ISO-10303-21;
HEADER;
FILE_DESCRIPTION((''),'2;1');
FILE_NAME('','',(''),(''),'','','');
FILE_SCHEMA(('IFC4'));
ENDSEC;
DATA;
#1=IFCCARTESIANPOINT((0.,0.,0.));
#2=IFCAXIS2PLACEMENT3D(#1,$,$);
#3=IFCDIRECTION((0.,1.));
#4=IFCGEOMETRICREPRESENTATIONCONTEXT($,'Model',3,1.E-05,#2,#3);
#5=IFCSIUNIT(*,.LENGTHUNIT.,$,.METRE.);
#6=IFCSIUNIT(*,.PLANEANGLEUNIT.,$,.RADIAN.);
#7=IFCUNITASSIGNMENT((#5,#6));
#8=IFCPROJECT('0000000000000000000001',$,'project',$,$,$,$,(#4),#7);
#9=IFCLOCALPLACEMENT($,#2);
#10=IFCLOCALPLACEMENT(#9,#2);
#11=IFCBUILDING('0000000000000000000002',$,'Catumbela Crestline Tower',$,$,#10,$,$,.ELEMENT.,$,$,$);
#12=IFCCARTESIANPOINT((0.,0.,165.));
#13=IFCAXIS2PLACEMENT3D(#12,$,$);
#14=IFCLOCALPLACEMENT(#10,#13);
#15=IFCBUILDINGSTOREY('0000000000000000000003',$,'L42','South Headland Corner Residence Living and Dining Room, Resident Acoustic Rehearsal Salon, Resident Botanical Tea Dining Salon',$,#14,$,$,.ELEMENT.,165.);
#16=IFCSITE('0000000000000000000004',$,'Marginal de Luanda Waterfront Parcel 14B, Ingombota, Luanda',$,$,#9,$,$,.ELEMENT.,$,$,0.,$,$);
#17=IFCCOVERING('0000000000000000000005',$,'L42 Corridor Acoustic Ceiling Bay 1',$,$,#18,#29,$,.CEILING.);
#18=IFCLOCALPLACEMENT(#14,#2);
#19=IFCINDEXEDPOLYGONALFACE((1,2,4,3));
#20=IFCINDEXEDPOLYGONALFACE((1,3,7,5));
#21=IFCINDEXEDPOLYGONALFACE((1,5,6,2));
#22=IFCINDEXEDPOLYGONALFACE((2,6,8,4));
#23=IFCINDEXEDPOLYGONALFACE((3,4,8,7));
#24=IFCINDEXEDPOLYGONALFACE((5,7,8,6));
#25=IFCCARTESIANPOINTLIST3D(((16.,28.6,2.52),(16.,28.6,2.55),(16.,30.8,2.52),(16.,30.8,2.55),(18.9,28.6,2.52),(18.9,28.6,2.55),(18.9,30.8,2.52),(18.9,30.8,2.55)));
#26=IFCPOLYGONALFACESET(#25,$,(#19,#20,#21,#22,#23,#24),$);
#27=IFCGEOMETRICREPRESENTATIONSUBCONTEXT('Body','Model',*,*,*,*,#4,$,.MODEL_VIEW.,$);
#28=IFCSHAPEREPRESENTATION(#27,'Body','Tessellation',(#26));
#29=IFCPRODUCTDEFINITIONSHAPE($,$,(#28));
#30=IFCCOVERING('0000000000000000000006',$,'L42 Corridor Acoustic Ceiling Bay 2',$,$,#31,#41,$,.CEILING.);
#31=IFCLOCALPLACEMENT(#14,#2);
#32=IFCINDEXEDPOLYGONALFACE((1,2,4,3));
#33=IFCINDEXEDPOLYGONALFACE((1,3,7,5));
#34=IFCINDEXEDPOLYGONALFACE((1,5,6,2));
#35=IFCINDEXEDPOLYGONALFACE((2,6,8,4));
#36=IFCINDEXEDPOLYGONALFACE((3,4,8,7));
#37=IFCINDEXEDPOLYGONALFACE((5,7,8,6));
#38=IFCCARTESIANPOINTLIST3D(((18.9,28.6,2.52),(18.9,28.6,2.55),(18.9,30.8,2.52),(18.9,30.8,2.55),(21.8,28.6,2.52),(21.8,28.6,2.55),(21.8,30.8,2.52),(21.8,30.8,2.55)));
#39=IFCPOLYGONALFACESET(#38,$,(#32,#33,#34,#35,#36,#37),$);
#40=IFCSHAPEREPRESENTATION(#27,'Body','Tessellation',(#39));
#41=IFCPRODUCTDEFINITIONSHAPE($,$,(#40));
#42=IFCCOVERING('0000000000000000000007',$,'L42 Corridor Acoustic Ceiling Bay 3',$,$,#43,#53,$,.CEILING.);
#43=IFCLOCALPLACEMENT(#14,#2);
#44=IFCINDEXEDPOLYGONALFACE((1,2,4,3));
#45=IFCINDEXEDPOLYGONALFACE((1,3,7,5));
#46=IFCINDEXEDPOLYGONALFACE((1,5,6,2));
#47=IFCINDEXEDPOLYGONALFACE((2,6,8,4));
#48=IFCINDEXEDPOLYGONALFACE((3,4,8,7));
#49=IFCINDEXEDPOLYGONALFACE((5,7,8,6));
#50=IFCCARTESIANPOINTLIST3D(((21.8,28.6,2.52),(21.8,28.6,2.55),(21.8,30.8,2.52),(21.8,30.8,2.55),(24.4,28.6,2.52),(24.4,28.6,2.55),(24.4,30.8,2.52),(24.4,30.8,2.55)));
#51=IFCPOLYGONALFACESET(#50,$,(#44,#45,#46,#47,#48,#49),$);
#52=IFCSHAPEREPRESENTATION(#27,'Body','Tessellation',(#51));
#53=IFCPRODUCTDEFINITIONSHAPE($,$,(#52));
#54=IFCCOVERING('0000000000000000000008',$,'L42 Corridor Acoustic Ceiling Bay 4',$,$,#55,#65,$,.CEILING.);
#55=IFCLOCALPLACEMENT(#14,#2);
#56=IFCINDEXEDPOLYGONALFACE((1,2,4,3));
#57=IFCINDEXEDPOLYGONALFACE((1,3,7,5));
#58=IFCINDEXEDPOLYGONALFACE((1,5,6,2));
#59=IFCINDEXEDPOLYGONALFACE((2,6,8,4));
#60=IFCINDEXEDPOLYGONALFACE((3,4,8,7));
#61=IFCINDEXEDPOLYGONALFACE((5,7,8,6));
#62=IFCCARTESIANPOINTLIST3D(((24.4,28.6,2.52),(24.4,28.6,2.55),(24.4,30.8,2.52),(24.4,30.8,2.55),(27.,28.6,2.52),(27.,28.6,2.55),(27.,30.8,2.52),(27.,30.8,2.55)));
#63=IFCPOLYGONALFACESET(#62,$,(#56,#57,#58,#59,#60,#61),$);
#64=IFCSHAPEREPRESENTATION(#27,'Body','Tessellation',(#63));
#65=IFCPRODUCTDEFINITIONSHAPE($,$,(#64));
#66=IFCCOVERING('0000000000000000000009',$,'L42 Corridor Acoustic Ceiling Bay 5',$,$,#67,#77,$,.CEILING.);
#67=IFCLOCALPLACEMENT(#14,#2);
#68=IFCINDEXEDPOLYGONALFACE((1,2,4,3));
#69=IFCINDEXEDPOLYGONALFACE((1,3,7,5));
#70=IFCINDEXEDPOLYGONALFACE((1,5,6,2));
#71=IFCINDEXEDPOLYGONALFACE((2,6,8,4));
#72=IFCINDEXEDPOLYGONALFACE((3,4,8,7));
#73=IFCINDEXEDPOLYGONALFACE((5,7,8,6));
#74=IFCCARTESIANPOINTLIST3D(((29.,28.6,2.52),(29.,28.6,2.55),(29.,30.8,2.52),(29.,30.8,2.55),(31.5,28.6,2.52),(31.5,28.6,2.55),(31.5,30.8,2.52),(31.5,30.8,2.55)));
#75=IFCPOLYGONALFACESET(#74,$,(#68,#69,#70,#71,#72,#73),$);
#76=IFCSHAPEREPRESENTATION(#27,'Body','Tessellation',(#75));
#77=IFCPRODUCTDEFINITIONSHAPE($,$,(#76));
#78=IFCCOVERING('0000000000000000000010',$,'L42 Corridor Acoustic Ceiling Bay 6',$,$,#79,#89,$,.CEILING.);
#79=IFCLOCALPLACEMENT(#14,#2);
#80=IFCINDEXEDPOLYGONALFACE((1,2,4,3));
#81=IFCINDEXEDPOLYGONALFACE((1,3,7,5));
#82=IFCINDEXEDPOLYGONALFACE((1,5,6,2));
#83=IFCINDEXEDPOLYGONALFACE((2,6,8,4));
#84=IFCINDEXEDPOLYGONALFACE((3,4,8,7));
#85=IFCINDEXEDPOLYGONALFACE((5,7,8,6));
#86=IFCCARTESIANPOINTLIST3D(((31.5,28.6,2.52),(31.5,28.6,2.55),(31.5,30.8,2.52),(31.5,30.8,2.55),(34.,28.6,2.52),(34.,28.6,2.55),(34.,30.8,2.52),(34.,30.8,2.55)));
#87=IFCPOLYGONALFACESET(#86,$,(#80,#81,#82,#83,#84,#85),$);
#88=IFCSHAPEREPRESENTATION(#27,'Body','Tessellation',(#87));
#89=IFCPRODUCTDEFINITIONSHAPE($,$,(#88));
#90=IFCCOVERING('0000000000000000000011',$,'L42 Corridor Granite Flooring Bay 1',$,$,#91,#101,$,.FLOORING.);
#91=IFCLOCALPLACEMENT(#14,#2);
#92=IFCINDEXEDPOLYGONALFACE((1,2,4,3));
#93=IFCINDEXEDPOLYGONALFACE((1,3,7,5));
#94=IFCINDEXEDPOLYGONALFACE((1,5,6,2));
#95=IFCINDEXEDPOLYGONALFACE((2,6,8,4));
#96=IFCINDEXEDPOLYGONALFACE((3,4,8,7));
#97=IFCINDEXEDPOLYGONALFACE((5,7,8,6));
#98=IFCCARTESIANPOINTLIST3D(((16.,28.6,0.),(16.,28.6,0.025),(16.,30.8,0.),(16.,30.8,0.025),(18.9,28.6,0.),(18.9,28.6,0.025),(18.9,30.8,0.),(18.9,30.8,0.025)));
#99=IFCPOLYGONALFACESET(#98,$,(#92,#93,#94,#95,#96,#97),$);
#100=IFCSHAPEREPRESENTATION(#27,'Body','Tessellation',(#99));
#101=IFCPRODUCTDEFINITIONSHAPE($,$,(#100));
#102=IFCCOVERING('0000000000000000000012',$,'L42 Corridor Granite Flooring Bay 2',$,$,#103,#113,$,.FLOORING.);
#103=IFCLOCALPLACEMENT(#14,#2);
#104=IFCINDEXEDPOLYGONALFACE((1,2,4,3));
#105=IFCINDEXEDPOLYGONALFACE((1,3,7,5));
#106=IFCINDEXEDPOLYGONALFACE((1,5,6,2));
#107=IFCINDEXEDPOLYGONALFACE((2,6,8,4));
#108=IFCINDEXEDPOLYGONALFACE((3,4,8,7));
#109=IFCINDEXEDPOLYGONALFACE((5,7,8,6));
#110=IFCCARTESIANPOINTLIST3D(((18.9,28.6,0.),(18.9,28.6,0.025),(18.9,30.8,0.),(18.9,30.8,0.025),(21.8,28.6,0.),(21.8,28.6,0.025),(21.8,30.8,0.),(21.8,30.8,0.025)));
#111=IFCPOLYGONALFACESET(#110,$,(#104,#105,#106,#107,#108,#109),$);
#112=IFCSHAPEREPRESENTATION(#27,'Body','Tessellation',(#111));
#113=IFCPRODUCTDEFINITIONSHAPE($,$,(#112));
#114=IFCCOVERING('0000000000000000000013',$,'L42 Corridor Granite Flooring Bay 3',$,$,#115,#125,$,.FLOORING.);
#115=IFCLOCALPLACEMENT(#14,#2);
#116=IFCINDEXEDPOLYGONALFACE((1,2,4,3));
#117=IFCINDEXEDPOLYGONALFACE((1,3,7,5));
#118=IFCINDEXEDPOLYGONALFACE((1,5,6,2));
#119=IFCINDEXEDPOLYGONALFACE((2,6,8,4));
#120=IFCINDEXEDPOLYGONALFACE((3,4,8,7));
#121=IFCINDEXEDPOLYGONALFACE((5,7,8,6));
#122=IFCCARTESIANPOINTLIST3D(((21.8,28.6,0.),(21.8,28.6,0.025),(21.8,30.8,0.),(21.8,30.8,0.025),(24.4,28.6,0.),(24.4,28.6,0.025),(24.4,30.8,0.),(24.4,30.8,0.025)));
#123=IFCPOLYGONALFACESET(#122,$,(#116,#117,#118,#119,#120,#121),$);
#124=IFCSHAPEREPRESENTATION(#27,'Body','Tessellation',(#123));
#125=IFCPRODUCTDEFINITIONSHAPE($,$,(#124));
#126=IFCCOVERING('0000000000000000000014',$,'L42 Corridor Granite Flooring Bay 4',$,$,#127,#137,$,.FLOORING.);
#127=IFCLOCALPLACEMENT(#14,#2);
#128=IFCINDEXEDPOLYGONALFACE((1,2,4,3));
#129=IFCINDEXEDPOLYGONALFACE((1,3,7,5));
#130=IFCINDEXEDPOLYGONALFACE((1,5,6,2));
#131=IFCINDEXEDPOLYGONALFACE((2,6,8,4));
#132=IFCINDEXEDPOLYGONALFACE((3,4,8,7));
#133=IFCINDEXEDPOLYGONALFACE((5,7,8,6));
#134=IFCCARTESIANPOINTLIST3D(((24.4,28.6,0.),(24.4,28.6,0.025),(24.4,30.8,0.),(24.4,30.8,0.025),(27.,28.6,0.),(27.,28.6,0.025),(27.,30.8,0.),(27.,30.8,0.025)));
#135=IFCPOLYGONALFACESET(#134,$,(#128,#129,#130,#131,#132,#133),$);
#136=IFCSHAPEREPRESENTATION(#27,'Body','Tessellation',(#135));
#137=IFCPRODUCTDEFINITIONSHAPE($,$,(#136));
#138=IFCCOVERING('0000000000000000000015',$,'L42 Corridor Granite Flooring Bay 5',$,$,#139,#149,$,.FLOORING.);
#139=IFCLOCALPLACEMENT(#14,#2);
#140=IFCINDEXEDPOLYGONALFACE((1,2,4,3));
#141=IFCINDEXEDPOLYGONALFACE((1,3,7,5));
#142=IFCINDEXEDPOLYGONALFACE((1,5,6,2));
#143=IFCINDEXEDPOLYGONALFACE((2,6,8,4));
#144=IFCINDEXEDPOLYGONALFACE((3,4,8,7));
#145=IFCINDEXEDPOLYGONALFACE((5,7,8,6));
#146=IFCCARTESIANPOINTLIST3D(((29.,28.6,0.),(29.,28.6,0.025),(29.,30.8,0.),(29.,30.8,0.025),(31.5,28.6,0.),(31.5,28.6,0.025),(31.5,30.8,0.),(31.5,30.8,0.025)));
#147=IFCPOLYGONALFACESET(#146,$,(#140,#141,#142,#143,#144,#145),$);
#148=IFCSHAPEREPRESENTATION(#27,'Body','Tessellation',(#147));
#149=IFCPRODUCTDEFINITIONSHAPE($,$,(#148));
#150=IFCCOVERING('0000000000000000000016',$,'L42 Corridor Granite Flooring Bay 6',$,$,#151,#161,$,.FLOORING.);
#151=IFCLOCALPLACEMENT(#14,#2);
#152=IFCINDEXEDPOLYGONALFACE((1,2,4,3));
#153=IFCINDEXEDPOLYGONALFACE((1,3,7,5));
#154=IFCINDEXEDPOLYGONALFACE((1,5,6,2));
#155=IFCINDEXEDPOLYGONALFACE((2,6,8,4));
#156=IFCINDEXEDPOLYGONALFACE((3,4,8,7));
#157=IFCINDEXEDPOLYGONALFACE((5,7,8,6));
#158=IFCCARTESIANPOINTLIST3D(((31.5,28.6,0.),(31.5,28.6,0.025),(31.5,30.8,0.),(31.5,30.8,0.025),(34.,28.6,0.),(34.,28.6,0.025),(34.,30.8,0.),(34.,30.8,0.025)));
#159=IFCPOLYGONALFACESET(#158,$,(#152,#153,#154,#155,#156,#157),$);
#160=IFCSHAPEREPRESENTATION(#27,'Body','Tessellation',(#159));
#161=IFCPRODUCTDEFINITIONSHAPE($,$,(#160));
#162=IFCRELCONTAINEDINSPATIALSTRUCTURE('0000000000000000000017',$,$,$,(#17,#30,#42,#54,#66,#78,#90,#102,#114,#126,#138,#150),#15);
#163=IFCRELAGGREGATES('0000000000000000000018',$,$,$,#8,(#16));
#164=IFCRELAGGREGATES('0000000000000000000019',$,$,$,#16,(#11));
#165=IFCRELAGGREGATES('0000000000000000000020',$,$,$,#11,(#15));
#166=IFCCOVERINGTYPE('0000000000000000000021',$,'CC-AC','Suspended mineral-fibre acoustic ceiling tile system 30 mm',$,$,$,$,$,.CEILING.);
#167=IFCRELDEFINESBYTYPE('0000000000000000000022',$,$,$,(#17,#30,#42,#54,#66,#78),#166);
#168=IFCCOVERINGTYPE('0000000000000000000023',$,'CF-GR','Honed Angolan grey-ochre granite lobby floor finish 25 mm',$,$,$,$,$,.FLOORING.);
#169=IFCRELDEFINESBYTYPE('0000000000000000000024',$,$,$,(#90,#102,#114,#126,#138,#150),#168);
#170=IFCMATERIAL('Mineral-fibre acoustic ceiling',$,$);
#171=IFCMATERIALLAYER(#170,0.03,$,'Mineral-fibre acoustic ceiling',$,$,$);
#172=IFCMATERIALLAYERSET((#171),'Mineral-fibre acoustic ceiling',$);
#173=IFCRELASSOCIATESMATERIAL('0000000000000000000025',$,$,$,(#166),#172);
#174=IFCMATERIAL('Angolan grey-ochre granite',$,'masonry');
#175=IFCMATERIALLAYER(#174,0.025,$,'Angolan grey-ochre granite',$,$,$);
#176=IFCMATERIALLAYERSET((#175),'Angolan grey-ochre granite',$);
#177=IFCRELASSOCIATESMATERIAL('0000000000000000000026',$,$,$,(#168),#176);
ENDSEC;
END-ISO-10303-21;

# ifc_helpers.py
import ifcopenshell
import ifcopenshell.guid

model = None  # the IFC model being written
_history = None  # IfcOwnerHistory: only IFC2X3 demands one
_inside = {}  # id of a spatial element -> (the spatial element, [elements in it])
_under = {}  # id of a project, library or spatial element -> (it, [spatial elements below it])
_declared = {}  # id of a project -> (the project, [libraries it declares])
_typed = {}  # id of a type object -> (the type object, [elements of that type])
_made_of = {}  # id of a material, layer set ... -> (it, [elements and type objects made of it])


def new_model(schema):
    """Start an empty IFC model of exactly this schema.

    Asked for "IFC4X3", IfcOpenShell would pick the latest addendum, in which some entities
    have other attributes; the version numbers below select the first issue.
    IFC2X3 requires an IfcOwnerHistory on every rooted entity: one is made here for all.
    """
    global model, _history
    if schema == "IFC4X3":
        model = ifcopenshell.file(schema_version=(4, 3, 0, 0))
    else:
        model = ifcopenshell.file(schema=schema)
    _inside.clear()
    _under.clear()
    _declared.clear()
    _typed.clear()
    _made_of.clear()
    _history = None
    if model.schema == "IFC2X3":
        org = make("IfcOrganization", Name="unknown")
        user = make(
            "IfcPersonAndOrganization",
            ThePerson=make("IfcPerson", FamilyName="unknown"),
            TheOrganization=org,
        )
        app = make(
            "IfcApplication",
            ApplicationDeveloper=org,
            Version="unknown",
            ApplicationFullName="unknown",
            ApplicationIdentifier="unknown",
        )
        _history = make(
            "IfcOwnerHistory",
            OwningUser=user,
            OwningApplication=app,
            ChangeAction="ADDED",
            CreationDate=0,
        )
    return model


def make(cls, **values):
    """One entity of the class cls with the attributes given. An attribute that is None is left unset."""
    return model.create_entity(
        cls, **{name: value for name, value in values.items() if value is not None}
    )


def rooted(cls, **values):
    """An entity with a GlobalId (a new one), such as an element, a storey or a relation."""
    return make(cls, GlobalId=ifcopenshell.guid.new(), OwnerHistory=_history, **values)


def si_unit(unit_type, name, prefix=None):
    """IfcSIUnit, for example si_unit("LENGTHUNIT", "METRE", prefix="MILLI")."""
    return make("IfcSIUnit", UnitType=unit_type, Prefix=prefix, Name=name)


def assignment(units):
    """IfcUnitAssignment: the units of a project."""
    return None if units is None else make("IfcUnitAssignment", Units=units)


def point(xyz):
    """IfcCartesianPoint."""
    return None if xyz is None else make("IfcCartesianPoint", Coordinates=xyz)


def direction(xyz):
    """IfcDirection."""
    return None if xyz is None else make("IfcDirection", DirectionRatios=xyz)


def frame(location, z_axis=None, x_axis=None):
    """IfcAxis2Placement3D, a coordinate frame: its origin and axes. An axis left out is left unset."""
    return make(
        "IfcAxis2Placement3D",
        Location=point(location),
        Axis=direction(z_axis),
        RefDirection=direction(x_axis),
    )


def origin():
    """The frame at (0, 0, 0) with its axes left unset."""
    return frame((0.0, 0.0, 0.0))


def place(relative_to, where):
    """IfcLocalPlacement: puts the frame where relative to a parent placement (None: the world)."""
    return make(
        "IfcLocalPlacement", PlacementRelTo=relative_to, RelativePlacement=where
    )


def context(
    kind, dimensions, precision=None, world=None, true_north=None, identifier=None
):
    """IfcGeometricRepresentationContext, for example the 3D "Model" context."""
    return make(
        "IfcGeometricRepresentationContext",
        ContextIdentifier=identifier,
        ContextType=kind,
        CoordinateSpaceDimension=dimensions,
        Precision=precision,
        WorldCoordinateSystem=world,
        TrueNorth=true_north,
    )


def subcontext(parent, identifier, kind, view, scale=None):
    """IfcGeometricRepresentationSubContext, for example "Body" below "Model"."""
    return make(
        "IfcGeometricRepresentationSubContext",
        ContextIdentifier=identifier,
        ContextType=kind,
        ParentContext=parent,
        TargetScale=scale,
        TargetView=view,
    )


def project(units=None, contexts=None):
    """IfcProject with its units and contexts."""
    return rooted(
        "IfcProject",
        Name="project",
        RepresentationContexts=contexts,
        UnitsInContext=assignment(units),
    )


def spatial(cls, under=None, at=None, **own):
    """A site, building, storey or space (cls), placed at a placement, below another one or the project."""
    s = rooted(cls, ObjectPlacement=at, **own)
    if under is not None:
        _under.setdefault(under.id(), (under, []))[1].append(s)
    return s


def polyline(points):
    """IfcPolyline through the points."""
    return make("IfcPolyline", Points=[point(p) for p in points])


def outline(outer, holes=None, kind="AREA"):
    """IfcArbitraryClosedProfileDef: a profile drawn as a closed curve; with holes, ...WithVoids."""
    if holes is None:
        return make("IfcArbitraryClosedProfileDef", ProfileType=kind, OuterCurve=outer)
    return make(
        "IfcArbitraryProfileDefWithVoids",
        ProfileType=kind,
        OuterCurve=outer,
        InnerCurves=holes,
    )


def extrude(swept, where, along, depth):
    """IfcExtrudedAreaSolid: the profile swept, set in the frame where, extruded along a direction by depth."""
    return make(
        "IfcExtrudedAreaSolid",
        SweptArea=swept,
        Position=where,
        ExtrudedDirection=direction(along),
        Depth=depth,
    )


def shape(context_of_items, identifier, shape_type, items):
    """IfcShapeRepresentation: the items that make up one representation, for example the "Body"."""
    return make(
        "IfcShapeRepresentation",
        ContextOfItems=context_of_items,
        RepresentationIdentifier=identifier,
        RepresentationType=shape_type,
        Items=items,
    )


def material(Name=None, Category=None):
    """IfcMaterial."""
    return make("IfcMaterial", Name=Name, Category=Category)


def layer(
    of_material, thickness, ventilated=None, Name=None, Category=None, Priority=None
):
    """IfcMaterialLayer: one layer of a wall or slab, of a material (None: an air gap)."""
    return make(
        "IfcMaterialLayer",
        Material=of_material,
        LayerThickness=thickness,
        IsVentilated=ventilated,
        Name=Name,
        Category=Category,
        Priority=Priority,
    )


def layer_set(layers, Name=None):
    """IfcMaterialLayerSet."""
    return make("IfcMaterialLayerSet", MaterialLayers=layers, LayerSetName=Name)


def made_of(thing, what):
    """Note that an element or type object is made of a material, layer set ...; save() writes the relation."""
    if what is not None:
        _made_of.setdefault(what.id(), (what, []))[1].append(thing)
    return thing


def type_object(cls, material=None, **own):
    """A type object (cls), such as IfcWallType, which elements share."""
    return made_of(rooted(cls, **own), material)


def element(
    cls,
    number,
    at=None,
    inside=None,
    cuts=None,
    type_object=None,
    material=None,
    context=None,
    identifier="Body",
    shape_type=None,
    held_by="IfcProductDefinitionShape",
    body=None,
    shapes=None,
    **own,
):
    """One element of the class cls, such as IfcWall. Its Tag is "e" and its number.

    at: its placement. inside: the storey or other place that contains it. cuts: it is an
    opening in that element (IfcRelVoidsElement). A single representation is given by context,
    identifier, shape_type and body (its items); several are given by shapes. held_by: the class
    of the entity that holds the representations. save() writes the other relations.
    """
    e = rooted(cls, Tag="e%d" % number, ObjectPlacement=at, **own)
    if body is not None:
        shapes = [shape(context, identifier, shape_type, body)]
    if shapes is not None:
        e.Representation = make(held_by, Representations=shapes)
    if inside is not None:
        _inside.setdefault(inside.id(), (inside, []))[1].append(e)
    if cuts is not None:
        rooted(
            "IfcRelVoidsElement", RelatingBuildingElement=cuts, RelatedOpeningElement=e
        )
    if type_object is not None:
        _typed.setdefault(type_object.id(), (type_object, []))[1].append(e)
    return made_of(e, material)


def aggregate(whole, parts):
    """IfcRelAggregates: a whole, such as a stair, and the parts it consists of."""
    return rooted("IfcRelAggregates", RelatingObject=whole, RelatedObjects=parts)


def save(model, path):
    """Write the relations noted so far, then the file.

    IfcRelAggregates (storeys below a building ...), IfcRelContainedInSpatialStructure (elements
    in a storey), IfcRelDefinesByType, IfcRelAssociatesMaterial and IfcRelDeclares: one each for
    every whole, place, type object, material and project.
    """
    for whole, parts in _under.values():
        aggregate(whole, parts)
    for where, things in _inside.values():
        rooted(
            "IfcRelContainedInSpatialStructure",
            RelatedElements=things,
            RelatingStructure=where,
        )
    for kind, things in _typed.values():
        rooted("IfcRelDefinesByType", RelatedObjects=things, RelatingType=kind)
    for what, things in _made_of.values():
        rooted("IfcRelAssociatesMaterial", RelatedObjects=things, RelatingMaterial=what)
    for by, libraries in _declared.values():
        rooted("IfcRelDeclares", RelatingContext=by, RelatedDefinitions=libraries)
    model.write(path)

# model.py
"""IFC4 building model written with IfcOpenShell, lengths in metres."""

from ifc_helpers import new_model, si_unit, direction, frame, origin, place, context, subcontext, project, spatial, polyline, outline, extrude, material, layer, layer_set, type_object, element, save


model = new_model("IFC4")

# Units and contexts
model_context = context("Model", 3, precision=1e-05, world=origin(), true_north=direction((0.0, 1.0)))
body_context = subcontext(model_context, "Body", "Model", "MODEL_VIEW")
ifc_project = project(units=[si_unit("LENGTHUNIT", "METRE"), si_unit("PLANEANGLEUNIT", "RADIAN")], contexts=[model_context])

# Site, building, storey
site_placement = place(None, origin())
site = spatial("IfcSite", under=ifc_project, at=site_placement, Name="Marginal de Luanda Waterfront Parcel 14B, Ingombota, Luanda", CompositionType="ELEMENT", RefElevation=0.0)
building_placement = place(site_placement, origin())
building = spatial("IfcBuilding", under=site, at=building_placement, Name="Catumbela Crestline Tower", CompositionType="ELEMENT")
storey_placement = place(building_placement, frame((0.0, 0.0, 165.0)))
storey = spatial("IfcBuildingStorey", under=building, at=storey_placement, Name="L42", Description="South Headland Corner Residence Living and Dining Room, Resident Acoustic Rehearsal Salon, Resident Botanical Tea Dining Salon", CompositionType="ELEMENT", Elevation=165.0)

# Coverings
ifc_material_1 = material(Name="Mineral-fibre acoustic ceiling")
ifc_layer_1 = layer(ifc_material_1, 0.03, Name="Mineral-fibre acoustic ceiling")
ifc_layer_set_1 = layer_set([ifc_layer_1], Name="Mineral-fibre acoustic ceiling")
covering_type_1 = type_object("IfcCoveringType", Name="CC-AC", Description="Suspended mineral-fibre acoustic ceiling tile system 30 mm", PredefinedType="CEILING", material=ifc_layer_set_1)
covering_1_placement = place(storey_placement, frame((0.0, 0.0, 2.52)))
element("IfcCovering", 1, at=covering_1_placement, inside=storey, type_object=covering_type_1, Name="L42 Corridor Acoustic Ceiling Bay 1", PredefinedType="CEILING", context=body_context, shape_type="SweptSolid", body=[
    extrude(outline(polyline([(16.0, 28.6), (18.9, 28.6), (18.9, 30.8), (16.0, 30.8), (16.0, 28.6)])), origin(), (0.0, 0.0, 1.0), 0.03),
])
covering_2_placement = place(storey_placement, frame((0.0, 0.0, 2.52)))
element("IfcCovering", 2, at=covering_2_placement, inside=storey, type_object=covering_type_1, Name="L42 Corridor Acoustic Ceiling Bay 2", PredefinedType="CEILING", context=body_context, shape_type="SweptSolid", body=[
    extrude(outline(polyline([(18.9, 28.6), (21.8, 28.6), (21.8, 30.8), (18.9, 30.8), (18.9, 28.6)])), origin(), (0.0, 0.0, 1.0), 0.03),
])
covering_3_placement = place(storey_placement, frame((0.0, 0.0, 2.52)))
element("IfcCovering", 3, at=covering_3_placement, inside=storey, type_object=covering_type_1, Name="L42 Corridor Acoustic Ceiling Bay 3", PredefinedType="CEILING", context=body_context, shape_type="SweptSolid", body=[
    extrude(outline(polyline([(21.8, 28.6), (24.4, 28.6), (24.4, 30.8), (21.8, 30.8), (21.8, 28.6)])), origin(), (0.0, 0.0, 1.0), 0.03),
])
covering_4_placement = place(storey_placement, frame((0.0, 0.0, 2.52)))
element("IfcCovering", 4, at=covering_4_placement, inside=storey, type_object=covering_type_1, Name="L42 Corridor Acoustic Ceiling Bay 4", PredefinedType="CEILING", context=body_context, shape_type="SweptSolid", body=[
    extrude(outline(polyline([(24.4, 28.6), (27.0, 28.6), (27.0, 30.8), (24.4, 30.8), (24.4, 28.6)])), origin(), (0.0, 0.0, 1.0), 0.03),
])
covering_5_placement = place(storey_placement, frame((0.0, 0.0, 2.52)))
element("IfcCovering", 5, at=covering_5_placement, inside=storey, type_object=covering_type_1, Name="L42 Corridor Acoustic Ceiling Bay 5", PredefinedType="CEILING", context=body_context, shape_type="SweptSolid", body=[
    extrude(outline(polyline([(29.0, 28.6), (31.5, 28.6), (31.5, 30.8), (29.0, 30.8), (29.0, 28.6)])), origin(), (0.0, 0.0, 1.0), 0.03),
])
covering_6_placement = place(storey_placement, frame((0.0, 0.0, 2.52)))
element("IfcCovering", 6, at=covering_6_placement, inside=storey, type_object=covering_type_1, Name="L42 Corridor Acoustic Ceiling Bay 6", PredefinedType="CEILING", context=body_context, shape_type="SweptSolid", body=[
    extrude(outline(polyline([(31.5, 28.6), (34.0, 28.6), (34.0, 30.8), (31.5, 30.8), (31.5, 28.6)])), origin(), (0.0, 0.0, 1.0), 0.03),
])
ifc_material_2 = material(Name="Angolan grey-ochre granite", Category="masonry")
ifc_layer_2 = layer(ifc_material_2, 0.025, Name="Angolan grey-ochre granite")
ifc_layer_set_2 = layer_set([ifc_layer_2], Name="Angolan grey-ochre granite")
covering_type_2 = type_object("IfcCoveringType", Name="CF-GR", Description="Honed Angolan grey-ochre granite lobby floor finish 25 mm", PredefinedType="FLOORING", material=ifc_layer_set_2)
covering_7_placement = place(storey_placement, origin())
element("IfcCovering", 7, at=covering_7_placement, inside=storey, type_object=covering_type_2, Name="L42 Corridor Granite Flooring Bay 1", PredefinedType="FLOORING", context=body_context, shape_type="SweptSolid", body=[
    extrude(outline(polyline([(16.0, 28.6), (18.9, 28.6), (18.9, 30.8), (16.0, 30.8), (16.0, 28.6)])), origin(), (0.0, 0.0, 1.0), 0.025),
])
covering_8_placement = place(storey_placement, origin())
element("IfcCovering", 8, at=covering_8_placement, inside=storey, type_object=covering_type_2, Name="L42 Corridor Granite Flooring Bay 2", PredefinedType="FLOORING", context=body_context, shape_type="SweptSolid", body=[
    extrude(outline(polyline([(18.9, 28.6), (21.8, 28.6), (21.8, 30.8), (18.9, 30.8), (18.9, 28.6)])), origin(), (0.0, 0.0, 1.0), 0.025),
])
covering_9_placement = place(storey_placement, origin())
element("IfcCovering", 9, at=covering_9_placement, inside=storey, type_object=covering_type_2, Name="L42 Corridor Granite Flooring Bay 3", PredefinedType="FLOORING", context=body_context, shape_type="SweptSolid", body=[
    extrude(outline(polyline([(21.8, 28.6), (24.4, 28.6), (24.4, 30.8), (21.8, 30.8), (21.8, 28.6)])), origin(), (0.0, 0.0, 1.0), 0.025),
])
covering_10_placement = place(storey_placement, origin())
element("IfcCovering", 10, at=covering_10_placement, inside=storey, type_object=covering_type_2, Name="L42 Corridor Granite Flooring Bay 4", PredefinedType="FLOORING", context=body_context, shape_type="SweptSolid", body=[
    extrude(outline(polyline([(24.4, 28.6), (27.0, 28.6), (27.0, 30.8), (24.4, 30.8), (24.4, 28.6)])), origin(), (0.0, 0.0, 1.0), 0.025),
])
covering_11_placement = place(storey_placement, origin())
element("IfcCovering", 11, at=covering_11_placement, inside=storey, type_object=covering_type_2, Name="L42 Corridor Granite Flooring Bay 5", PredefinedType="FLOORING", context=body_context, shape_type="SweptSolid", body=[
    extrude(outline(polyline([(29.0, 28.6), (31.5, 28.6), (31.5, 30.8), (29.0, 30.8), (29.0, 28.6)])), origin(), (0.0, 0.0, 1.0), 0.025),
])
covering_12_placement = place(storey_placement, origin())
element("IfcCovering", 12, at=covering_12_placement, inside=storey, type_object=covering_type_2, Name="L42 Corridor Granite Flooring Bay 6", PredefinedType="FLOORING", context=body_context, shape_type="SweptSolid", body=[
    extrude(outline(polyline([(31.5, 28.6), (34.0, 28.6), (34.0, 30.8), (31.5, 30.8), (31.5, 28.6)])), origin(), (0.0, 0.0, 1.0), 0.025),
])

save(model, "model.ifc")
